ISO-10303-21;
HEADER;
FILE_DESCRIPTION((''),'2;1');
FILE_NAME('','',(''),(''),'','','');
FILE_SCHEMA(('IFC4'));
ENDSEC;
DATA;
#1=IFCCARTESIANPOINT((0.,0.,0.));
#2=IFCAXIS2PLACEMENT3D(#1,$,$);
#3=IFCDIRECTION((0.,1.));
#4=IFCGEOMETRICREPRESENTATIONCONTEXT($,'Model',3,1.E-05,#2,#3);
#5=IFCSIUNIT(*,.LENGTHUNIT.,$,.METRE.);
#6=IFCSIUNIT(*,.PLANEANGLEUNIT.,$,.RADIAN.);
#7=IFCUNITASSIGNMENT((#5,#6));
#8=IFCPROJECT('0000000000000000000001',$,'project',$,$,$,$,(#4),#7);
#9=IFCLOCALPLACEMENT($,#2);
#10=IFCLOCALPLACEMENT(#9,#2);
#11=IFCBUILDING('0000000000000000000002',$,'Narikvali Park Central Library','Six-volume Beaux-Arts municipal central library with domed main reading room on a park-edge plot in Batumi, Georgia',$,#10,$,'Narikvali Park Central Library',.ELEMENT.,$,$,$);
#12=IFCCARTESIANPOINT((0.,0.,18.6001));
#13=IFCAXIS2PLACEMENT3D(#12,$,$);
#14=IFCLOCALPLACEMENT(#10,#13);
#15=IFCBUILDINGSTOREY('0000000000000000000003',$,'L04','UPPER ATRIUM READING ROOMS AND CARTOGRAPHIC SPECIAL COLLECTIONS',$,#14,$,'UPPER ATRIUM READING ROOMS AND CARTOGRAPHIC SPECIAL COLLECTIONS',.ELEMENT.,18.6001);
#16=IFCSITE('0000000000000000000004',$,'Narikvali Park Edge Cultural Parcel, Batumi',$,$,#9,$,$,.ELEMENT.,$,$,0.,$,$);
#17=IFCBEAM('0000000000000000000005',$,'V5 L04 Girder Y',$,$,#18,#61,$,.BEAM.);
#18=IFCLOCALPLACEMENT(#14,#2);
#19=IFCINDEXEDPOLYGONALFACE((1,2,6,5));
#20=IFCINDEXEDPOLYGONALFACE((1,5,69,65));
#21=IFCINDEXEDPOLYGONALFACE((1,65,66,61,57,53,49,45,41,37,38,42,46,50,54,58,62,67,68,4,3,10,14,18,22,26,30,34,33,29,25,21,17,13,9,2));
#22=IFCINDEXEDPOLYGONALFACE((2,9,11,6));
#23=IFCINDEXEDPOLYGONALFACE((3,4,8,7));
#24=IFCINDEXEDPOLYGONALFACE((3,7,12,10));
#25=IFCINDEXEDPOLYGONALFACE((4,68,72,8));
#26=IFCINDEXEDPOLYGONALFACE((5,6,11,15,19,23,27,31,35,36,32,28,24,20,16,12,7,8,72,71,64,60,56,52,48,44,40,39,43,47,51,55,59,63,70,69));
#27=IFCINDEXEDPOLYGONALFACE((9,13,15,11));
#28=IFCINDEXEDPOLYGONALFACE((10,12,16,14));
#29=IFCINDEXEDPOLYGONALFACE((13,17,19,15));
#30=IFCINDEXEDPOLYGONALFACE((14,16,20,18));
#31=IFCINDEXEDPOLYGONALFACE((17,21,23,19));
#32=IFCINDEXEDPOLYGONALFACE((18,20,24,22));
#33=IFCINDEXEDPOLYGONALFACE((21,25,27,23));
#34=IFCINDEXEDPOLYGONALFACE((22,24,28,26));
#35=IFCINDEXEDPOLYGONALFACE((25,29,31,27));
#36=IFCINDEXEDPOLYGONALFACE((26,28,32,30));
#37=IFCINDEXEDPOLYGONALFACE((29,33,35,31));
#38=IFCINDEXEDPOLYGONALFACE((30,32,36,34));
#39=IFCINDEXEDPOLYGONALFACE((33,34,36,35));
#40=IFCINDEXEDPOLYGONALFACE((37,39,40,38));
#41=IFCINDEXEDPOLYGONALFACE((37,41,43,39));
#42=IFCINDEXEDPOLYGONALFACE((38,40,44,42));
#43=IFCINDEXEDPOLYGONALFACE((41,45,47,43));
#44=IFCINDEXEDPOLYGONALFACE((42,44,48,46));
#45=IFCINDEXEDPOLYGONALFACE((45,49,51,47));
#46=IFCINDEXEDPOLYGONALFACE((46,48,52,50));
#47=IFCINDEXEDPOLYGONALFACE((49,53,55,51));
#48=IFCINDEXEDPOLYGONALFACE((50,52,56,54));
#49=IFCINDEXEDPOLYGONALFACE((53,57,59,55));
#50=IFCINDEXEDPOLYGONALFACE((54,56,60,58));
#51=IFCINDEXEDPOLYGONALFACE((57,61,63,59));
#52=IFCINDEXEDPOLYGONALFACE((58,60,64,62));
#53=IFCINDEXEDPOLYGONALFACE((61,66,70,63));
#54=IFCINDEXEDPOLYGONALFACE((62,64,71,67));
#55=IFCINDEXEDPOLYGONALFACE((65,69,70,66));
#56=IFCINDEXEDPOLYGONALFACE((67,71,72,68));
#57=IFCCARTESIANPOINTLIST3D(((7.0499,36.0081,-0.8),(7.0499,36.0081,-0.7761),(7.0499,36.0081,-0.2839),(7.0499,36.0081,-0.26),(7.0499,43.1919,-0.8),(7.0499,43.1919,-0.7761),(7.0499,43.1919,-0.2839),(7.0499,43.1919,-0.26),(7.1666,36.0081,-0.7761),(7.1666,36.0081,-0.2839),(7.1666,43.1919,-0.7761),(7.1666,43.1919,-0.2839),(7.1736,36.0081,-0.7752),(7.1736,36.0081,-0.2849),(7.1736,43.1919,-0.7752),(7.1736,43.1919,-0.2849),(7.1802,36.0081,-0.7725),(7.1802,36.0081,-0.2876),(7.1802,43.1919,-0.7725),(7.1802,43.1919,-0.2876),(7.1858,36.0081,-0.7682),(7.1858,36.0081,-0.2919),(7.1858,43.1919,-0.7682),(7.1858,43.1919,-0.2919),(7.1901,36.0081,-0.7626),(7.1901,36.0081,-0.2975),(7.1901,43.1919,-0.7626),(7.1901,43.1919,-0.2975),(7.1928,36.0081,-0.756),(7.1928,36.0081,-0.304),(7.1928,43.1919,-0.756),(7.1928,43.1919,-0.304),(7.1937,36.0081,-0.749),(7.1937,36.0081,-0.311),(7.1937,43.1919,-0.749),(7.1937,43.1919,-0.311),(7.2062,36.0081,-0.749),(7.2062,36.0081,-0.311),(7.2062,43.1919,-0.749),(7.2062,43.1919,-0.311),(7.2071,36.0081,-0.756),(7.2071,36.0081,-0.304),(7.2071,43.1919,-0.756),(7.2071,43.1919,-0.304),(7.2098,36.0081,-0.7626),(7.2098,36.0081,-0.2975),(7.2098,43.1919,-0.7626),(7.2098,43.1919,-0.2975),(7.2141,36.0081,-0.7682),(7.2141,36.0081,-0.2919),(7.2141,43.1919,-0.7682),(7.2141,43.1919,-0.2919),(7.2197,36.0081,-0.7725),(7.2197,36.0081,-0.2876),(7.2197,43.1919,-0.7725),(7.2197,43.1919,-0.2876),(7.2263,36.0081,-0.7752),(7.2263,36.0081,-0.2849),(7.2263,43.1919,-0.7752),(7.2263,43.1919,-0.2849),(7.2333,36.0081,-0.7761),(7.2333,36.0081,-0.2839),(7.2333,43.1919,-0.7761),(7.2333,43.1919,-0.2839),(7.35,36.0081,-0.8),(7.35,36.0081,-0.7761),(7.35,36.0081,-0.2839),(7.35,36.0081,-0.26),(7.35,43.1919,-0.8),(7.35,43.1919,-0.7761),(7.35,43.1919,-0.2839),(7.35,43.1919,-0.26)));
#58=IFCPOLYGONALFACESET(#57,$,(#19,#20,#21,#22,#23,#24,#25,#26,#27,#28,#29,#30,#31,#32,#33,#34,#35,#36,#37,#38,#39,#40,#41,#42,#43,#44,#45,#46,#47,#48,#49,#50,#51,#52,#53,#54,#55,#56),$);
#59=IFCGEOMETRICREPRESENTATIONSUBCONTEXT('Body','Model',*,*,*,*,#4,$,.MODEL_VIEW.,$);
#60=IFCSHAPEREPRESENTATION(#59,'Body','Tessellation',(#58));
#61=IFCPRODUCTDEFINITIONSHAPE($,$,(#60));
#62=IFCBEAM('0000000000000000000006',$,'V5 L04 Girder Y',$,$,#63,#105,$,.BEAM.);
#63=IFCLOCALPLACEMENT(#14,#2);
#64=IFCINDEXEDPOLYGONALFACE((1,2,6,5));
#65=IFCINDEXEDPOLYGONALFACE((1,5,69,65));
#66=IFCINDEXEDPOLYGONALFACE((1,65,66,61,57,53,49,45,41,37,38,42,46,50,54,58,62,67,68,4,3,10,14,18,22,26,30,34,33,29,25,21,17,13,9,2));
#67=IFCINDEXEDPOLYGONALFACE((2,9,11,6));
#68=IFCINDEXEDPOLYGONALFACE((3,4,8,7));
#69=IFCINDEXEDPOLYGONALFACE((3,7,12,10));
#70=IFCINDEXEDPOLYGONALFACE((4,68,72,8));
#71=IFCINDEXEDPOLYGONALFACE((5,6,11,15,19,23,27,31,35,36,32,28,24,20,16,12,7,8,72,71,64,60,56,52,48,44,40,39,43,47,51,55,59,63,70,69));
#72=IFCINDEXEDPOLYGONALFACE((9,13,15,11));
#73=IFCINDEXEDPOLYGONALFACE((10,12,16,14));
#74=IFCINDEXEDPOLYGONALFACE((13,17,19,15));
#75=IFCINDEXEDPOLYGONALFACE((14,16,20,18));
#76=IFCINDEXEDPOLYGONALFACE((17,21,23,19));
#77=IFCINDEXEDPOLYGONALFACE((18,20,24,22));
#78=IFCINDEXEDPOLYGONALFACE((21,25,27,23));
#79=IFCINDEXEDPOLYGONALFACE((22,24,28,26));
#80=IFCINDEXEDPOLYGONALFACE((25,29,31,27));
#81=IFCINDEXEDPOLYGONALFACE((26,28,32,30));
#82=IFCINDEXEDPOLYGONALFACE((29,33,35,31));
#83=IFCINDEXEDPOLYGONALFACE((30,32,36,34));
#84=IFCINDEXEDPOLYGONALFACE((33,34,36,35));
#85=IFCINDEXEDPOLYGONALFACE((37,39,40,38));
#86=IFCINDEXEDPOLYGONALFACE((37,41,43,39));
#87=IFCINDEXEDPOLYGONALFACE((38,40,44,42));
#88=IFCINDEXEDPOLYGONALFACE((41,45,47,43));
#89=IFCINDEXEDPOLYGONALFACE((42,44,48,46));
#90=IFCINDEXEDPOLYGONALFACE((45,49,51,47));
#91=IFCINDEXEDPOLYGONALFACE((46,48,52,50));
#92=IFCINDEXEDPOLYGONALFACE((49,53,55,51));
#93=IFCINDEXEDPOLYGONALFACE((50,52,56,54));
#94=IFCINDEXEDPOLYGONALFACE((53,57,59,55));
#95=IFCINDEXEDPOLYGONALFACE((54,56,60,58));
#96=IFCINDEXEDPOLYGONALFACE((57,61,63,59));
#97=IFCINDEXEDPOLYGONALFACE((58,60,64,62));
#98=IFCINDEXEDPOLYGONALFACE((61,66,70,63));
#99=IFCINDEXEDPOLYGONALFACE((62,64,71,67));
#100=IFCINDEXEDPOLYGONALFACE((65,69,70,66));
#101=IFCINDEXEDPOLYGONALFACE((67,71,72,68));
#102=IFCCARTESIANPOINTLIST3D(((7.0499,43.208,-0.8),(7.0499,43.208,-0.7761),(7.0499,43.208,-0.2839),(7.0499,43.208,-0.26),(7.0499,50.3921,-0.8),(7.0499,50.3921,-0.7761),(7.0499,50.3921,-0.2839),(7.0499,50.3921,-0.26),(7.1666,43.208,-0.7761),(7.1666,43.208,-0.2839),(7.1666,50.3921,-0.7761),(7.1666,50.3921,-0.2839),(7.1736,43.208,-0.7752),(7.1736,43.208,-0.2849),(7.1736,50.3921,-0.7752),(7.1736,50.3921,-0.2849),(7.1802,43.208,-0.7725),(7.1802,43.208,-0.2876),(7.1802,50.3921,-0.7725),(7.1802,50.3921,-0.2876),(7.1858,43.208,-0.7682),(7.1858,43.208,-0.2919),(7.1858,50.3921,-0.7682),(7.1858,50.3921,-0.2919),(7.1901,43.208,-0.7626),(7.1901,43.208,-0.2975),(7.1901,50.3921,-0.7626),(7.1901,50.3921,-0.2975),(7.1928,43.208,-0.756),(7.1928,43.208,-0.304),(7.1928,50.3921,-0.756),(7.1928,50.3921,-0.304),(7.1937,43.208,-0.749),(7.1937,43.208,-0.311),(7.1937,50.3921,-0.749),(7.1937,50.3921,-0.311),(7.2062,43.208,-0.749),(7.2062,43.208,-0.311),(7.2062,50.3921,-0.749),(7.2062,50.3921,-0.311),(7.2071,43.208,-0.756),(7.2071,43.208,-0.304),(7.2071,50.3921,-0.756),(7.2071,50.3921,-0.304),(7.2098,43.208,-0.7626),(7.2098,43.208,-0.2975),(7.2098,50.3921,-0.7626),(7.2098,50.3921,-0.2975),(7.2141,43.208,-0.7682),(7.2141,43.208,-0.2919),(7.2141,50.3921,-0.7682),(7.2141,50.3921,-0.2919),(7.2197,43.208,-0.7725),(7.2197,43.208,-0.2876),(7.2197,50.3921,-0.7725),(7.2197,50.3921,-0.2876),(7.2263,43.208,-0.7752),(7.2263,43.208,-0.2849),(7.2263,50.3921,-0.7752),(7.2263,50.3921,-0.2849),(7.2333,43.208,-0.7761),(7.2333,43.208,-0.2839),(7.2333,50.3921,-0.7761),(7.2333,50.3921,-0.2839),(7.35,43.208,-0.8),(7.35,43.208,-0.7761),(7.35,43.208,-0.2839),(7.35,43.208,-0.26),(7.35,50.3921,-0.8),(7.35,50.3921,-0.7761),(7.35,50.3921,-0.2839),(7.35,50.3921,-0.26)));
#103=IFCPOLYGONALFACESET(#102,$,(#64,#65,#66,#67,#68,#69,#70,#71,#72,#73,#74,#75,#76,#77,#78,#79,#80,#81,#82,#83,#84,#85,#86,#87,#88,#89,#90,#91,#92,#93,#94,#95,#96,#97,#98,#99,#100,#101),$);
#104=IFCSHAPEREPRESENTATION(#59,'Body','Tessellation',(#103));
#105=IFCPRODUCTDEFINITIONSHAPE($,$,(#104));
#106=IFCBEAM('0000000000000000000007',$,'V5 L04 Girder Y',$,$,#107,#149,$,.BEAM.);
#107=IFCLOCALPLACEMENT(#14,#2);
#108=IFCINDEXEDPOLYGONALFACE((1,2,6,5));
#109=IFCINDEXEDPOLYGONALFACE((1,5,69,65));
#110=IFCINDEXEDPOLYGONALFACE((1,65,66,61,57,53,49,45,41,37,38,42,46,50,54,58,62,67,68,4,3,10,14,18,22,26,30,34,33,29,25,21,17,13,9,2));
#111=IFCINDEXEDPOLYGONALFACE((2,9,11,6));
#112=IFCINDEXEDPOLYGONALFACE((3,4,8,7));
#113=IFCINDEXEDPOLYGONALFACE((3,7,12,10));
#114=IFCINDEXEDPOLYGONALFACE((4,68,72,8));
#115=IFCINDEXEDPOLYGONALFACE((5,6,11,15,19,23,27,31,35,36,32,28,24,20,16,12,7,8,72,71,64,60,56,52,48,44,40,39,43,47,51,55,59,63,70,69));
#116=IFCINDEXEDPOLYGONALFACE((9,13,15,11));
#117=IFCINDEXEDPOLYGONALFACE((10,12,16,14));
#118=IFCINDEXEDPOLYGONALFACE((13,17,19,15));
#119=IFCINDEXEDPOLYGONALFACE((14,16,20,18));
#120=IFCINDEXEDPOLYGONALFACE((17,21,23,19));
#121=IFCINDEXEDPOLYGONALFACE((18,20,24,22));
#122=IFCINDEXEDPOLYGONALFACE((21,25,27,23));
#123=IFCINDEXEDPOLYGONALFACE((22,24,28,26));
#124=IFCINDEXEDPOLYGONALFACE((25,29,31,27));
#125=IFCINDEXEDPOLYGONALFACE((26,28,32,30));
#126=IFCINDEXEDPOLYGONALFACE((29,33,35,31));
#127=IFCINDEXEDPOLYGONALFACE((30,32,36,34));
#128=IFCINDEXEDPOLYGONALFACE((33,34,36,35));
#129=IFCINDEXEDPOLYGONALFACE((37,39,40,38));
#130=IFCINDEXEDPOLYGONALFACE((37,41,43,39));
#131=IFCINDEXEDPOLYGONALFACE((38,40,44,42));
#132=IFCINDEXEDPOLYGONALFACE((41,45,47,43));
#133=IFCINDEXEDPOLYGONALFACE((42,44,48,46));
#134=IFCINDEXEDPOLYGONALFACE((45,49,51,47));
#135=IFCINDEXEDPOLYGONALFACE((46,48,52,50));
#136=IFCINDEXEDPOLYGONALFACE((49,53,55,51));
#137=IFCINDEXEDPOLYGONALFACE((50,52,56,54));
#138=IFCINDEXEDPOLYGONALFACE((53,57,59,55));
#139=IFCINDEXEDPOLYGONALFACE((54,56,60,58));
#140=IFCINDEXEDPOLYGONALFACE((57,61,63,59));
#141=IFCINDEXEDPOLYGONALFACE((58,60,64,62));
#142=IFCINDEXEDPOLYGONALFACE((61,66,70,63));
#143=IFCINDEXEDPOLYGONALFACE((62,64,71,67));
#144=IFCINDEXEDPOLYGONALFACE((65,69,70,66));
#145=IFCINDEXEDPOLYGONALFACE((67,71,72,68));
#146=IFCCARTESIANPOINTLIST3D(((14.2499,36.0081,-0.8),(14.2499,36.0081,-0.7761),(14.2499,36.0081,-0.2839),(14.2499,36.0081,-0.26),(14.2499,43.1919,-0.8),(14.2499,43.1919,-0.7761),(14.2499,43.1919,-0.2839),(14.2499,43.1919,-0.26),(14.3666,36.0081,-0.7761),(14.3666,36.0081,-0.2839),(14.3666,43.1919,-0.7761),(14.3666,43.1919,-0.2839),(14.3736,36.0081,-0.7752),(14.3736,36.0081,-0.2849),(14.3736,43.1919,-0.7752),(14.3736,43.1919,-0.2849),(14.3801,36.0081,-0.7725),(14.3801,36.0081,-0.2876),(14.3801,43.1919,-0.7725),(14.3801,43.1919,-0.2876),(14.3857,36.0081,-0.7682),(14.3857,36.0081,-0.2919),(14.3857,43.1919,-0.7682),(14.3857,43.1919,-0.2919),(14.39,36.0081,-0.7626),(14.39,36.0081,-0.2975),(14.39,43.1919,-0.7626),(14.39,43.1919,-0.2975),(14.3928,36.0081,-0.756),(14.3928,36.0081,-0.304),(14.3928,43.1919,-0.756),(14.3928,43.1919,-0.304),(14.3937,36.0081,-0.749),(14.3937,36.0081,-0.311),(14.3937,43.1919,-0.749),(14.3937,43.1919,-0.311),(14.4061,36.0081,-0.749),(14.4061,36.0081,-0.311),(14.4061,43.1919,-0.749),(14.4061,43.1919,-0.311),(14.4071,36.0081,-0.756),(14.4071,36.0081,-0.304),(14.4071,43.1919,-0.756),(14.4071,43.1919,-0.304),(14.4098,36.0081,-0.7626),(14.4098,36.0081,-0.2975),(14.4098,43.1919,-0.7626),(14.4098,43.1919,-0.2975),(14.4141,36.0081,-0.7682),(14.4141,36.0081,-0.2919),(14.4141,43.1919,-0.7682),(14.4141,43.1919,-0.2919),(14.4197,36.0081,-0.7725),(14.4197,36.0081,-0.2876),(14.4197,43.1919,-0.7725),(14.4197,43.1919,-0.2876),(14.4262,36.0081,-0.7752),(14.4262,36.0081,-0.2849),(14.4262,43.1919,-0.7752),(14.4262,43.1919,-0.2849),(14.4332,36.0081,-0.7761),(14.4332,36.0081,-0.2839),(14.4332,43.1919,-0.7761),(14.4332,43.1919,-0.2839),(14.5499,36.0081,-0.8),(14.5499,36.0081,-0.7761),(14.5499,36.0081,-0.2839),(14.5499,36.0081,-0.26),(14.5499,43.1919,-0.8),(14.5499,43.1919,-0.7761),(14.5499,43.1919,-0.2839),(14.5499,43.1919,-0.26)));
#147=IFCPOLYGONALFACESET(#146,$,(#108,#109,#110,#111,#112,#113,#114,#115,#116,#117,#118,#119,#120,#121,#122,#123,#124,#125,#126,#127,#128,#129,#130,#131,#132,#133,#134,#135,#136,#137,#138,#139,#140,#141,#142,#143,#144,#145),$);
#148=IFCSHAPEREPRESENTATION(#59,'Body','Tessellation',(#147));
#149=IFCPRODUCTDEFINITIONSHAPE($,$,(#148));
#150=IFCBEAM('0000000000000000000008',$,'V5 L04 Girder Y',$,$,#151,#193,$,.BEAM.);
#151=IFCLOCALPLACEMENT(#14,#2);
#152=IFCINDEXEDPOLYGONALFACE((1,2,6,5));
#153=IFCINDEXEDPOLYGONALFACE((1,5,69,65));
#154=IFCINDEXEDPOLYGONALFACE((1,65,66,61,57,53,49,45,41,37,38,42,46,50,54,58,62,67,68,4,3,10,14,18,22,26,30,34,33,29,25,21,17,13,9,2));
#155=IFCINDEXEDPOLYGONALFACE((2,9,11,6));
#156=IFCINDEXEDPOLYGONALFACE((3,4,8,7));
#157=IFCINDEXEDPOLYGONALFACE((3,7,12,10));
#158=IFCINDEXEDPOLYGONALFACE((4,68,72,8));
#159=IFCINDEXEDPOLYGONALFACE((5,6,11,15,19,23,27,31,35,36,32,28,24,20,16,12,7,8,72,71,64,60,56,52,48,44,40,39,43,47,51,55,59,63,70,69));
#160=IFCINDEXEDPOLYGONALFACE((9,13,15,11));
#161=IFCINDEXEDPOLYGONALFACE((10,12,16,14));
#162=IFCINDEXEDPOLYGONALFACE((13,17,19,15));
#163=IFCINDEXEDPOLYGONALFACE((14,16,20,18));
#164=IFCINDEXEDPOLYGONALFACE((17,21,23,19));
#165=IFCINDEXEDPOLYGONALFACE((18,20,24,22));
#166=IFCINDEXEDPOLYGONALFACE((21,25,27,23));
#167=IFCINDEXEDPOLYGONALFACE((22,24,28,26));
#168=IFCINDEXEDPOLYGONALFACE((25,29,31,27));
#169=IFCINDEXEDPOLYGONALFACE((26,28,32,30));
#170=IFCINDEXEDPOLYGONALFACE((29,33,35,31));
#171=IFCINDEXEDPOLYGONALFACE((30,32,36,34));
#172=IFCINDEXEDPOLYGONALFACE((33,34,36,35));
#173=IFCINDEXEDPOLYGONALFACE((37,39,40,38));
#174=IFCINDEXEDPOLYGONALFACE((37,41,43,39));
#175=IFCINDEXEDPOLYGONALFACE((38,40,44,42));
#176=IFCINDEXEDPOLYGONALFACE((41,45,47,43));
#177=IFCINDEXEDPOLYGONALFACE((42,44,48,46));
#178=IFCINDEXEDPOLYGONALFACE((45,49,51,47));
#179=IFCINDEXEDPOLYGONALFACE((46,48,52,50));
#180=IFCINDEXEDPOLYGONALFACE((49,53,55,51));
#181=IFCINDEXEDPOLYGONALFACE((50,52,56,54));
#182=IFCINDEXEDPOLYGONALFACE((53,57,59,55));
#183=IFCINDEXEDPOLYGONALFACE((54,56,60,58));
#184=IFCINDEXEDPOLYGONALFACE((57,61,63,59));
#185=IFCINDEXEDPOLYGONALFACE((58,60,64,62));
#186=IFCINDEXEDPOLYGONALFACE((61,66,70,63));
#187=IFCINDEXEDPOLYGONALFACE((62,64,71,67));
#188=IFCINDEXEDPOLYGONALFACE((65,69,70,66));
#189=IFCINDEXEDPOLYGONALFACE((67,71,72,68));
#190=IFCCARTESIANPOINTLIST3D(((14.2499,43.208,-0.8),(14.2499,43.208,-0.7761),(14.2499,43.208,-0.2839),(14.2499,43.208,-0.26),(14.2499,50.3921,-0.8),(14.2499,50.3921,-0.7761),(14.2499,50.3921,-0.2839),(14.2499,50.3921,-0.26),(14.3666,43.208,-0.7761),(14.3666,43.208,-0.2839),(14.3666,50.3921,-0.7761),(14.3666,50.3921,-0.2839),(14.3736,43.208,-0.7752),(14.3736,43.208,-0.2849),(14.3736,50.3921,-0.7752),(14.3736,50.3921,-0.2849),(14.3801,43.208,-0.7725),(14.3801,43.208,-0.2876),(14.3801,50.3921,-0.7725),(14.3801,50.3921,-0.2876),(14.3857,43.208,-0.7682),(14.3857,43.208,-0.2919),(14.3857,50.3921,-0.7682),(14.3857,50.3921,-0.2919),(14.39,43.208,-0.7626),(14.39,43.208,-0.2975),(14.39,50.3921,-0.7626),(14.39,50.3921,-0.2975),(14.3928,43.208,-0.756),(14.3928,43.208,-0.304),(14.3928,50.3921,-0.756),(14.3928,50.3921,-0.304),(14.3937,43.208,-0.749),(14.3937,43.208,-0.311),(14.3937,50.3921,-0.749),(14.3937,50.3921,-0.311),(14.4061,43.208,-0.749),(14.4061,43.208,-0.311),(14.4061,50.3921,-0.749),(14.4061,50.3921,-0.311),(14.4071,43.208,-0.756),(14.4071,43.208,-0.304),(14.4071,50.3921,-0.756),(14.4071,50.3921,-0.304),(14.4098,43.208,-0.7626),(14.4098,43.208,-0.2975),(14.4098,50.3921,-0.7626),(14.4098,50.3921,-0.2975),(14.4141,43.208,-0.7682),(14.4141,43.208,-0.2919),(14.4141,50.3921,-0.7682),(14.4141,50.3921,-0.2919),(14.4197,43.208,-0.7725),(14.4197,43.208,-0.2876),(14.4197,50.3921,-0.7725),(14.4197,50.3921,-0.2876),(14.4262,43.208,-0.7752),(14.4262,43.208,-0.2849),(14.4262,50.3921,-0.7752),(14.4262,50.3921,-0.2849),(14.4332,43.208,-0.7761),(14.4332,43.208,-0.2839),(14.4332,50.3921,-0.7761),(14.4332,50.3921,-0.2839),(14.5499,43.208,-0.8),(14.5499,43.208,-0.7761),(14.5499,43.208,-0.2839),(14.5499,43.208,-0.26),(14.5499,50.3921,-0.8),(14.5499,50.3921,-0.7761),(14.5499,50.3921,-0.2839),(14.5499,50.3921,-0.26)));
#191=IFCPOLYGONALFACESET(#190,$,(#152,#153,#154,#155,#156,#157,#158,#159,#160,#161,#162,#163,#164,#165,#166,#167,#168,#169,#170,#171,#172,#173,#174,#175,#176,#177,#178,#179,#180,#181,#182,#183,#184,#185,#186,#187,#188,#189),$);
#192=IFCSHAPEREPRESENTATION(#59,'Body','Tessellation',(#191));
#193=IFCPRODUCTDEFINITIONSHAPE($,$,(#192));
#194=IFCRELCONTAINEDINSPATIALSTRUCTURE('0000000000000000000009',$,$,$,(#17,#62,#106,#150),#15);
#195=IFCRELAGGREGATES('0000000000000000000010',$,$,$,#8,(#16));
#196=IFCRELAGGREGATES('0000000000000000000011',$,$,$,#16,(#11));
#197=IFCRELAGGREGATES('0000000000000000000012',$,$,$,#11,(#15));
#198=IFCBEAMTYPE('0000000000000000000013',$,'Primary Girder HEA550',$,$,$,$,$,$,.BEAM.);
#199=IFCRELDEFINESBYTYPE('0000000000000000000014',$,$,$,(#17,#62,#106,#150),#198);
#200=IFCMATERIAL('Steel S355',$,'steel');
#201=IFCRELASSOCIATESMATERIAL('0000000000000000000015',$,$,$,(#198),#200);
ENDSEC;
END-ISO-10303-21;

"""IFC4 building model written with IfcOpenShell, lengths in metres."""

from ifc_helpers import new_model, si_unit, direction, frame, origin, origin_2d, place, context, subcontext, project, spatial, i_section, extrude, material, material_profile, profile_set, type_object, element, save


model = new_model("IFC4")

# Units and contexts
model_context = context("Model", 3, precision=1e-05, world=origin(), true_north=direction((0.0, 1.0)))
body_context = subcontext(model_context, "Body", "Model", "MODEL_VIEW")
ifc_project = project(units=[si_unit("LENGTHUNIT", "METRE"), si_unit("PLANEANGLEUNIT", "RADIAN")], contexts=[model_context])

# Site, building, storey
site_placement = place(None, origin())
site = spatial("IfcSite", under=ifc_project, at=site_placement, Name="Narikvali Park Edge Cultural Parcel, Batumi", CompositionType="ELEMENT", RefElevation=0.0)
building_placement = place(site_placement, origin())
building = spatial("IfcBuilding", under=site, at=building_placement, Name="Narikvali Park Central Library", Description="Six-volume Beaux-Arts municipal central library with domed main reading room on a park-edge plot in Batumi, Georgia", LongName="Narikvali Park Central Library", CompositionType="ELEMENT")
storey_placement = place(building_placement, frame((0.0, 0.0, 18.6001)))
storey = spatial("IfcBuildingStorey", under=building, at=storey_placement, Name="L04", Description="UPPER ATRIUM READING ROOMS AND CARTOGRAPHIC SPECIAL COLLECTIONS", LongName="UPPER ATRIUM READING ROOMS AND CARTOGRAPHIC SPECIAL COLLECTIONS", CompositionType="ELEMENT", Elevation=18.6001)

# Shared definitions
ifc_material_1 = material(Name="Steel S355", Category="steel")

# Beams
ifc_material_profile_1 = material_profile(ifc_material_1, i_section(OverallWidth=0.3, OverallDepth=0.54, WebThickness=0.0125, FlangeThickness=0.0239, FilletRadius=0.0271, at=origin_2d()), Name="HEA 550")
ifc_profile_set_1 = profile_set([ifc_material_profile_1], Name="Steel S355")
beam_type_1 = type_object("IfcBeamType", Name="Primary Girder HEA550", PredefinedType="BEAM", material=ifc_profile_set_1)
beam_1_placement = place(storey_placement, frame((7.2, 36.0081, -0.53), z_axis=(0.0, 1.0, 0.0), x_axis=(-1.0, 0.0, 0.0)))
element("IfcBeam", 1, at=beam_1_placement, inside=storey, type_object=beam_type_1, Name="V5 L04 Girder Y", PredefinedType="BEAM", context=body_context, shape_type="SweptSolid", body=[
    extrude(i_section(OverallWidth=0.3, OverallDepth=0.54, WebThickness=0.0125, FlangeThickness=0.0239, FilletRadius=0.0271, at=origin_2d()), origin(), (0.0, 0.0, 1.0), 7.1838),
])
beam_2_placement = place(storey_placement, frame((7.2, 43.208, -0.53), z_axis=(0.0, 1.0, 0.0), x_axis=(-1.0, 0.0, 0.0)))
element("IfcBeam", 2, at=beam_2_placement, inside=storey, type_object=beam_type_1, Name="V5 L04 Girder Y", PredefinedType="BEAM", context=body_context, shape_type="SweptSolid", body=[
    extrude(i_section(OverallWidth=0.3, OverallDepth=0.54, WebThickness=0.0125, FlangeThickness=0.0239, FilletRadius=0.0271, at=origin_2d()), origin(), (0.0, 0.0, 1.0), 7.1841),
])
beam_3_placement = place(storey_placement, frame((14.3999, 36.0081, -0.53), z_axis=(0.0, 1.0, 0.0), x_axis=(-1.0, 0.0, 0.0)))
element("IfcBeam", 3, at=beam_3_placement, inside=storey, type_object=beam_type_1, Name="V5 L04 Girder Y", PredefinedType="BEAM", context=body_context, shape_type="SweptSolid", body=[
    extrude(i_section(OverallWidth=0.3, OverallDepth=0.54, WebThickness=0.0125, FlangeThickness=0.0239, FilletRadius=0.0271, at=origin_2d()), origin(), (0.0, 0.0, 1.0), 7.1838),
])
beam_4_placement = place(storey_placement, frame((14.3999, 43.208, -0.53), z_axis=(0.0, 1.0, 0.0), x_axis=(-1.0, 0.0, 0.0)))
element("IfcBeam", 4, at=beam_4_placement, inside=storey, type_object=beam_type_1, Name="V5 L04 Girder Y", PredefinedType="BEAM", context=body_context, shape_type="SweptSolid", body=[
    extrude(i_section(OverallWidth=0.3, OverallDepth=0.54, WebThickness=0.0125, FlangeThickness=0.0239, FilletRadius=0.0271, at=origin_2d()), origin(), (0.0, 0.0, 1.0), 7.1841),
])

save(model, "model.ifc")
